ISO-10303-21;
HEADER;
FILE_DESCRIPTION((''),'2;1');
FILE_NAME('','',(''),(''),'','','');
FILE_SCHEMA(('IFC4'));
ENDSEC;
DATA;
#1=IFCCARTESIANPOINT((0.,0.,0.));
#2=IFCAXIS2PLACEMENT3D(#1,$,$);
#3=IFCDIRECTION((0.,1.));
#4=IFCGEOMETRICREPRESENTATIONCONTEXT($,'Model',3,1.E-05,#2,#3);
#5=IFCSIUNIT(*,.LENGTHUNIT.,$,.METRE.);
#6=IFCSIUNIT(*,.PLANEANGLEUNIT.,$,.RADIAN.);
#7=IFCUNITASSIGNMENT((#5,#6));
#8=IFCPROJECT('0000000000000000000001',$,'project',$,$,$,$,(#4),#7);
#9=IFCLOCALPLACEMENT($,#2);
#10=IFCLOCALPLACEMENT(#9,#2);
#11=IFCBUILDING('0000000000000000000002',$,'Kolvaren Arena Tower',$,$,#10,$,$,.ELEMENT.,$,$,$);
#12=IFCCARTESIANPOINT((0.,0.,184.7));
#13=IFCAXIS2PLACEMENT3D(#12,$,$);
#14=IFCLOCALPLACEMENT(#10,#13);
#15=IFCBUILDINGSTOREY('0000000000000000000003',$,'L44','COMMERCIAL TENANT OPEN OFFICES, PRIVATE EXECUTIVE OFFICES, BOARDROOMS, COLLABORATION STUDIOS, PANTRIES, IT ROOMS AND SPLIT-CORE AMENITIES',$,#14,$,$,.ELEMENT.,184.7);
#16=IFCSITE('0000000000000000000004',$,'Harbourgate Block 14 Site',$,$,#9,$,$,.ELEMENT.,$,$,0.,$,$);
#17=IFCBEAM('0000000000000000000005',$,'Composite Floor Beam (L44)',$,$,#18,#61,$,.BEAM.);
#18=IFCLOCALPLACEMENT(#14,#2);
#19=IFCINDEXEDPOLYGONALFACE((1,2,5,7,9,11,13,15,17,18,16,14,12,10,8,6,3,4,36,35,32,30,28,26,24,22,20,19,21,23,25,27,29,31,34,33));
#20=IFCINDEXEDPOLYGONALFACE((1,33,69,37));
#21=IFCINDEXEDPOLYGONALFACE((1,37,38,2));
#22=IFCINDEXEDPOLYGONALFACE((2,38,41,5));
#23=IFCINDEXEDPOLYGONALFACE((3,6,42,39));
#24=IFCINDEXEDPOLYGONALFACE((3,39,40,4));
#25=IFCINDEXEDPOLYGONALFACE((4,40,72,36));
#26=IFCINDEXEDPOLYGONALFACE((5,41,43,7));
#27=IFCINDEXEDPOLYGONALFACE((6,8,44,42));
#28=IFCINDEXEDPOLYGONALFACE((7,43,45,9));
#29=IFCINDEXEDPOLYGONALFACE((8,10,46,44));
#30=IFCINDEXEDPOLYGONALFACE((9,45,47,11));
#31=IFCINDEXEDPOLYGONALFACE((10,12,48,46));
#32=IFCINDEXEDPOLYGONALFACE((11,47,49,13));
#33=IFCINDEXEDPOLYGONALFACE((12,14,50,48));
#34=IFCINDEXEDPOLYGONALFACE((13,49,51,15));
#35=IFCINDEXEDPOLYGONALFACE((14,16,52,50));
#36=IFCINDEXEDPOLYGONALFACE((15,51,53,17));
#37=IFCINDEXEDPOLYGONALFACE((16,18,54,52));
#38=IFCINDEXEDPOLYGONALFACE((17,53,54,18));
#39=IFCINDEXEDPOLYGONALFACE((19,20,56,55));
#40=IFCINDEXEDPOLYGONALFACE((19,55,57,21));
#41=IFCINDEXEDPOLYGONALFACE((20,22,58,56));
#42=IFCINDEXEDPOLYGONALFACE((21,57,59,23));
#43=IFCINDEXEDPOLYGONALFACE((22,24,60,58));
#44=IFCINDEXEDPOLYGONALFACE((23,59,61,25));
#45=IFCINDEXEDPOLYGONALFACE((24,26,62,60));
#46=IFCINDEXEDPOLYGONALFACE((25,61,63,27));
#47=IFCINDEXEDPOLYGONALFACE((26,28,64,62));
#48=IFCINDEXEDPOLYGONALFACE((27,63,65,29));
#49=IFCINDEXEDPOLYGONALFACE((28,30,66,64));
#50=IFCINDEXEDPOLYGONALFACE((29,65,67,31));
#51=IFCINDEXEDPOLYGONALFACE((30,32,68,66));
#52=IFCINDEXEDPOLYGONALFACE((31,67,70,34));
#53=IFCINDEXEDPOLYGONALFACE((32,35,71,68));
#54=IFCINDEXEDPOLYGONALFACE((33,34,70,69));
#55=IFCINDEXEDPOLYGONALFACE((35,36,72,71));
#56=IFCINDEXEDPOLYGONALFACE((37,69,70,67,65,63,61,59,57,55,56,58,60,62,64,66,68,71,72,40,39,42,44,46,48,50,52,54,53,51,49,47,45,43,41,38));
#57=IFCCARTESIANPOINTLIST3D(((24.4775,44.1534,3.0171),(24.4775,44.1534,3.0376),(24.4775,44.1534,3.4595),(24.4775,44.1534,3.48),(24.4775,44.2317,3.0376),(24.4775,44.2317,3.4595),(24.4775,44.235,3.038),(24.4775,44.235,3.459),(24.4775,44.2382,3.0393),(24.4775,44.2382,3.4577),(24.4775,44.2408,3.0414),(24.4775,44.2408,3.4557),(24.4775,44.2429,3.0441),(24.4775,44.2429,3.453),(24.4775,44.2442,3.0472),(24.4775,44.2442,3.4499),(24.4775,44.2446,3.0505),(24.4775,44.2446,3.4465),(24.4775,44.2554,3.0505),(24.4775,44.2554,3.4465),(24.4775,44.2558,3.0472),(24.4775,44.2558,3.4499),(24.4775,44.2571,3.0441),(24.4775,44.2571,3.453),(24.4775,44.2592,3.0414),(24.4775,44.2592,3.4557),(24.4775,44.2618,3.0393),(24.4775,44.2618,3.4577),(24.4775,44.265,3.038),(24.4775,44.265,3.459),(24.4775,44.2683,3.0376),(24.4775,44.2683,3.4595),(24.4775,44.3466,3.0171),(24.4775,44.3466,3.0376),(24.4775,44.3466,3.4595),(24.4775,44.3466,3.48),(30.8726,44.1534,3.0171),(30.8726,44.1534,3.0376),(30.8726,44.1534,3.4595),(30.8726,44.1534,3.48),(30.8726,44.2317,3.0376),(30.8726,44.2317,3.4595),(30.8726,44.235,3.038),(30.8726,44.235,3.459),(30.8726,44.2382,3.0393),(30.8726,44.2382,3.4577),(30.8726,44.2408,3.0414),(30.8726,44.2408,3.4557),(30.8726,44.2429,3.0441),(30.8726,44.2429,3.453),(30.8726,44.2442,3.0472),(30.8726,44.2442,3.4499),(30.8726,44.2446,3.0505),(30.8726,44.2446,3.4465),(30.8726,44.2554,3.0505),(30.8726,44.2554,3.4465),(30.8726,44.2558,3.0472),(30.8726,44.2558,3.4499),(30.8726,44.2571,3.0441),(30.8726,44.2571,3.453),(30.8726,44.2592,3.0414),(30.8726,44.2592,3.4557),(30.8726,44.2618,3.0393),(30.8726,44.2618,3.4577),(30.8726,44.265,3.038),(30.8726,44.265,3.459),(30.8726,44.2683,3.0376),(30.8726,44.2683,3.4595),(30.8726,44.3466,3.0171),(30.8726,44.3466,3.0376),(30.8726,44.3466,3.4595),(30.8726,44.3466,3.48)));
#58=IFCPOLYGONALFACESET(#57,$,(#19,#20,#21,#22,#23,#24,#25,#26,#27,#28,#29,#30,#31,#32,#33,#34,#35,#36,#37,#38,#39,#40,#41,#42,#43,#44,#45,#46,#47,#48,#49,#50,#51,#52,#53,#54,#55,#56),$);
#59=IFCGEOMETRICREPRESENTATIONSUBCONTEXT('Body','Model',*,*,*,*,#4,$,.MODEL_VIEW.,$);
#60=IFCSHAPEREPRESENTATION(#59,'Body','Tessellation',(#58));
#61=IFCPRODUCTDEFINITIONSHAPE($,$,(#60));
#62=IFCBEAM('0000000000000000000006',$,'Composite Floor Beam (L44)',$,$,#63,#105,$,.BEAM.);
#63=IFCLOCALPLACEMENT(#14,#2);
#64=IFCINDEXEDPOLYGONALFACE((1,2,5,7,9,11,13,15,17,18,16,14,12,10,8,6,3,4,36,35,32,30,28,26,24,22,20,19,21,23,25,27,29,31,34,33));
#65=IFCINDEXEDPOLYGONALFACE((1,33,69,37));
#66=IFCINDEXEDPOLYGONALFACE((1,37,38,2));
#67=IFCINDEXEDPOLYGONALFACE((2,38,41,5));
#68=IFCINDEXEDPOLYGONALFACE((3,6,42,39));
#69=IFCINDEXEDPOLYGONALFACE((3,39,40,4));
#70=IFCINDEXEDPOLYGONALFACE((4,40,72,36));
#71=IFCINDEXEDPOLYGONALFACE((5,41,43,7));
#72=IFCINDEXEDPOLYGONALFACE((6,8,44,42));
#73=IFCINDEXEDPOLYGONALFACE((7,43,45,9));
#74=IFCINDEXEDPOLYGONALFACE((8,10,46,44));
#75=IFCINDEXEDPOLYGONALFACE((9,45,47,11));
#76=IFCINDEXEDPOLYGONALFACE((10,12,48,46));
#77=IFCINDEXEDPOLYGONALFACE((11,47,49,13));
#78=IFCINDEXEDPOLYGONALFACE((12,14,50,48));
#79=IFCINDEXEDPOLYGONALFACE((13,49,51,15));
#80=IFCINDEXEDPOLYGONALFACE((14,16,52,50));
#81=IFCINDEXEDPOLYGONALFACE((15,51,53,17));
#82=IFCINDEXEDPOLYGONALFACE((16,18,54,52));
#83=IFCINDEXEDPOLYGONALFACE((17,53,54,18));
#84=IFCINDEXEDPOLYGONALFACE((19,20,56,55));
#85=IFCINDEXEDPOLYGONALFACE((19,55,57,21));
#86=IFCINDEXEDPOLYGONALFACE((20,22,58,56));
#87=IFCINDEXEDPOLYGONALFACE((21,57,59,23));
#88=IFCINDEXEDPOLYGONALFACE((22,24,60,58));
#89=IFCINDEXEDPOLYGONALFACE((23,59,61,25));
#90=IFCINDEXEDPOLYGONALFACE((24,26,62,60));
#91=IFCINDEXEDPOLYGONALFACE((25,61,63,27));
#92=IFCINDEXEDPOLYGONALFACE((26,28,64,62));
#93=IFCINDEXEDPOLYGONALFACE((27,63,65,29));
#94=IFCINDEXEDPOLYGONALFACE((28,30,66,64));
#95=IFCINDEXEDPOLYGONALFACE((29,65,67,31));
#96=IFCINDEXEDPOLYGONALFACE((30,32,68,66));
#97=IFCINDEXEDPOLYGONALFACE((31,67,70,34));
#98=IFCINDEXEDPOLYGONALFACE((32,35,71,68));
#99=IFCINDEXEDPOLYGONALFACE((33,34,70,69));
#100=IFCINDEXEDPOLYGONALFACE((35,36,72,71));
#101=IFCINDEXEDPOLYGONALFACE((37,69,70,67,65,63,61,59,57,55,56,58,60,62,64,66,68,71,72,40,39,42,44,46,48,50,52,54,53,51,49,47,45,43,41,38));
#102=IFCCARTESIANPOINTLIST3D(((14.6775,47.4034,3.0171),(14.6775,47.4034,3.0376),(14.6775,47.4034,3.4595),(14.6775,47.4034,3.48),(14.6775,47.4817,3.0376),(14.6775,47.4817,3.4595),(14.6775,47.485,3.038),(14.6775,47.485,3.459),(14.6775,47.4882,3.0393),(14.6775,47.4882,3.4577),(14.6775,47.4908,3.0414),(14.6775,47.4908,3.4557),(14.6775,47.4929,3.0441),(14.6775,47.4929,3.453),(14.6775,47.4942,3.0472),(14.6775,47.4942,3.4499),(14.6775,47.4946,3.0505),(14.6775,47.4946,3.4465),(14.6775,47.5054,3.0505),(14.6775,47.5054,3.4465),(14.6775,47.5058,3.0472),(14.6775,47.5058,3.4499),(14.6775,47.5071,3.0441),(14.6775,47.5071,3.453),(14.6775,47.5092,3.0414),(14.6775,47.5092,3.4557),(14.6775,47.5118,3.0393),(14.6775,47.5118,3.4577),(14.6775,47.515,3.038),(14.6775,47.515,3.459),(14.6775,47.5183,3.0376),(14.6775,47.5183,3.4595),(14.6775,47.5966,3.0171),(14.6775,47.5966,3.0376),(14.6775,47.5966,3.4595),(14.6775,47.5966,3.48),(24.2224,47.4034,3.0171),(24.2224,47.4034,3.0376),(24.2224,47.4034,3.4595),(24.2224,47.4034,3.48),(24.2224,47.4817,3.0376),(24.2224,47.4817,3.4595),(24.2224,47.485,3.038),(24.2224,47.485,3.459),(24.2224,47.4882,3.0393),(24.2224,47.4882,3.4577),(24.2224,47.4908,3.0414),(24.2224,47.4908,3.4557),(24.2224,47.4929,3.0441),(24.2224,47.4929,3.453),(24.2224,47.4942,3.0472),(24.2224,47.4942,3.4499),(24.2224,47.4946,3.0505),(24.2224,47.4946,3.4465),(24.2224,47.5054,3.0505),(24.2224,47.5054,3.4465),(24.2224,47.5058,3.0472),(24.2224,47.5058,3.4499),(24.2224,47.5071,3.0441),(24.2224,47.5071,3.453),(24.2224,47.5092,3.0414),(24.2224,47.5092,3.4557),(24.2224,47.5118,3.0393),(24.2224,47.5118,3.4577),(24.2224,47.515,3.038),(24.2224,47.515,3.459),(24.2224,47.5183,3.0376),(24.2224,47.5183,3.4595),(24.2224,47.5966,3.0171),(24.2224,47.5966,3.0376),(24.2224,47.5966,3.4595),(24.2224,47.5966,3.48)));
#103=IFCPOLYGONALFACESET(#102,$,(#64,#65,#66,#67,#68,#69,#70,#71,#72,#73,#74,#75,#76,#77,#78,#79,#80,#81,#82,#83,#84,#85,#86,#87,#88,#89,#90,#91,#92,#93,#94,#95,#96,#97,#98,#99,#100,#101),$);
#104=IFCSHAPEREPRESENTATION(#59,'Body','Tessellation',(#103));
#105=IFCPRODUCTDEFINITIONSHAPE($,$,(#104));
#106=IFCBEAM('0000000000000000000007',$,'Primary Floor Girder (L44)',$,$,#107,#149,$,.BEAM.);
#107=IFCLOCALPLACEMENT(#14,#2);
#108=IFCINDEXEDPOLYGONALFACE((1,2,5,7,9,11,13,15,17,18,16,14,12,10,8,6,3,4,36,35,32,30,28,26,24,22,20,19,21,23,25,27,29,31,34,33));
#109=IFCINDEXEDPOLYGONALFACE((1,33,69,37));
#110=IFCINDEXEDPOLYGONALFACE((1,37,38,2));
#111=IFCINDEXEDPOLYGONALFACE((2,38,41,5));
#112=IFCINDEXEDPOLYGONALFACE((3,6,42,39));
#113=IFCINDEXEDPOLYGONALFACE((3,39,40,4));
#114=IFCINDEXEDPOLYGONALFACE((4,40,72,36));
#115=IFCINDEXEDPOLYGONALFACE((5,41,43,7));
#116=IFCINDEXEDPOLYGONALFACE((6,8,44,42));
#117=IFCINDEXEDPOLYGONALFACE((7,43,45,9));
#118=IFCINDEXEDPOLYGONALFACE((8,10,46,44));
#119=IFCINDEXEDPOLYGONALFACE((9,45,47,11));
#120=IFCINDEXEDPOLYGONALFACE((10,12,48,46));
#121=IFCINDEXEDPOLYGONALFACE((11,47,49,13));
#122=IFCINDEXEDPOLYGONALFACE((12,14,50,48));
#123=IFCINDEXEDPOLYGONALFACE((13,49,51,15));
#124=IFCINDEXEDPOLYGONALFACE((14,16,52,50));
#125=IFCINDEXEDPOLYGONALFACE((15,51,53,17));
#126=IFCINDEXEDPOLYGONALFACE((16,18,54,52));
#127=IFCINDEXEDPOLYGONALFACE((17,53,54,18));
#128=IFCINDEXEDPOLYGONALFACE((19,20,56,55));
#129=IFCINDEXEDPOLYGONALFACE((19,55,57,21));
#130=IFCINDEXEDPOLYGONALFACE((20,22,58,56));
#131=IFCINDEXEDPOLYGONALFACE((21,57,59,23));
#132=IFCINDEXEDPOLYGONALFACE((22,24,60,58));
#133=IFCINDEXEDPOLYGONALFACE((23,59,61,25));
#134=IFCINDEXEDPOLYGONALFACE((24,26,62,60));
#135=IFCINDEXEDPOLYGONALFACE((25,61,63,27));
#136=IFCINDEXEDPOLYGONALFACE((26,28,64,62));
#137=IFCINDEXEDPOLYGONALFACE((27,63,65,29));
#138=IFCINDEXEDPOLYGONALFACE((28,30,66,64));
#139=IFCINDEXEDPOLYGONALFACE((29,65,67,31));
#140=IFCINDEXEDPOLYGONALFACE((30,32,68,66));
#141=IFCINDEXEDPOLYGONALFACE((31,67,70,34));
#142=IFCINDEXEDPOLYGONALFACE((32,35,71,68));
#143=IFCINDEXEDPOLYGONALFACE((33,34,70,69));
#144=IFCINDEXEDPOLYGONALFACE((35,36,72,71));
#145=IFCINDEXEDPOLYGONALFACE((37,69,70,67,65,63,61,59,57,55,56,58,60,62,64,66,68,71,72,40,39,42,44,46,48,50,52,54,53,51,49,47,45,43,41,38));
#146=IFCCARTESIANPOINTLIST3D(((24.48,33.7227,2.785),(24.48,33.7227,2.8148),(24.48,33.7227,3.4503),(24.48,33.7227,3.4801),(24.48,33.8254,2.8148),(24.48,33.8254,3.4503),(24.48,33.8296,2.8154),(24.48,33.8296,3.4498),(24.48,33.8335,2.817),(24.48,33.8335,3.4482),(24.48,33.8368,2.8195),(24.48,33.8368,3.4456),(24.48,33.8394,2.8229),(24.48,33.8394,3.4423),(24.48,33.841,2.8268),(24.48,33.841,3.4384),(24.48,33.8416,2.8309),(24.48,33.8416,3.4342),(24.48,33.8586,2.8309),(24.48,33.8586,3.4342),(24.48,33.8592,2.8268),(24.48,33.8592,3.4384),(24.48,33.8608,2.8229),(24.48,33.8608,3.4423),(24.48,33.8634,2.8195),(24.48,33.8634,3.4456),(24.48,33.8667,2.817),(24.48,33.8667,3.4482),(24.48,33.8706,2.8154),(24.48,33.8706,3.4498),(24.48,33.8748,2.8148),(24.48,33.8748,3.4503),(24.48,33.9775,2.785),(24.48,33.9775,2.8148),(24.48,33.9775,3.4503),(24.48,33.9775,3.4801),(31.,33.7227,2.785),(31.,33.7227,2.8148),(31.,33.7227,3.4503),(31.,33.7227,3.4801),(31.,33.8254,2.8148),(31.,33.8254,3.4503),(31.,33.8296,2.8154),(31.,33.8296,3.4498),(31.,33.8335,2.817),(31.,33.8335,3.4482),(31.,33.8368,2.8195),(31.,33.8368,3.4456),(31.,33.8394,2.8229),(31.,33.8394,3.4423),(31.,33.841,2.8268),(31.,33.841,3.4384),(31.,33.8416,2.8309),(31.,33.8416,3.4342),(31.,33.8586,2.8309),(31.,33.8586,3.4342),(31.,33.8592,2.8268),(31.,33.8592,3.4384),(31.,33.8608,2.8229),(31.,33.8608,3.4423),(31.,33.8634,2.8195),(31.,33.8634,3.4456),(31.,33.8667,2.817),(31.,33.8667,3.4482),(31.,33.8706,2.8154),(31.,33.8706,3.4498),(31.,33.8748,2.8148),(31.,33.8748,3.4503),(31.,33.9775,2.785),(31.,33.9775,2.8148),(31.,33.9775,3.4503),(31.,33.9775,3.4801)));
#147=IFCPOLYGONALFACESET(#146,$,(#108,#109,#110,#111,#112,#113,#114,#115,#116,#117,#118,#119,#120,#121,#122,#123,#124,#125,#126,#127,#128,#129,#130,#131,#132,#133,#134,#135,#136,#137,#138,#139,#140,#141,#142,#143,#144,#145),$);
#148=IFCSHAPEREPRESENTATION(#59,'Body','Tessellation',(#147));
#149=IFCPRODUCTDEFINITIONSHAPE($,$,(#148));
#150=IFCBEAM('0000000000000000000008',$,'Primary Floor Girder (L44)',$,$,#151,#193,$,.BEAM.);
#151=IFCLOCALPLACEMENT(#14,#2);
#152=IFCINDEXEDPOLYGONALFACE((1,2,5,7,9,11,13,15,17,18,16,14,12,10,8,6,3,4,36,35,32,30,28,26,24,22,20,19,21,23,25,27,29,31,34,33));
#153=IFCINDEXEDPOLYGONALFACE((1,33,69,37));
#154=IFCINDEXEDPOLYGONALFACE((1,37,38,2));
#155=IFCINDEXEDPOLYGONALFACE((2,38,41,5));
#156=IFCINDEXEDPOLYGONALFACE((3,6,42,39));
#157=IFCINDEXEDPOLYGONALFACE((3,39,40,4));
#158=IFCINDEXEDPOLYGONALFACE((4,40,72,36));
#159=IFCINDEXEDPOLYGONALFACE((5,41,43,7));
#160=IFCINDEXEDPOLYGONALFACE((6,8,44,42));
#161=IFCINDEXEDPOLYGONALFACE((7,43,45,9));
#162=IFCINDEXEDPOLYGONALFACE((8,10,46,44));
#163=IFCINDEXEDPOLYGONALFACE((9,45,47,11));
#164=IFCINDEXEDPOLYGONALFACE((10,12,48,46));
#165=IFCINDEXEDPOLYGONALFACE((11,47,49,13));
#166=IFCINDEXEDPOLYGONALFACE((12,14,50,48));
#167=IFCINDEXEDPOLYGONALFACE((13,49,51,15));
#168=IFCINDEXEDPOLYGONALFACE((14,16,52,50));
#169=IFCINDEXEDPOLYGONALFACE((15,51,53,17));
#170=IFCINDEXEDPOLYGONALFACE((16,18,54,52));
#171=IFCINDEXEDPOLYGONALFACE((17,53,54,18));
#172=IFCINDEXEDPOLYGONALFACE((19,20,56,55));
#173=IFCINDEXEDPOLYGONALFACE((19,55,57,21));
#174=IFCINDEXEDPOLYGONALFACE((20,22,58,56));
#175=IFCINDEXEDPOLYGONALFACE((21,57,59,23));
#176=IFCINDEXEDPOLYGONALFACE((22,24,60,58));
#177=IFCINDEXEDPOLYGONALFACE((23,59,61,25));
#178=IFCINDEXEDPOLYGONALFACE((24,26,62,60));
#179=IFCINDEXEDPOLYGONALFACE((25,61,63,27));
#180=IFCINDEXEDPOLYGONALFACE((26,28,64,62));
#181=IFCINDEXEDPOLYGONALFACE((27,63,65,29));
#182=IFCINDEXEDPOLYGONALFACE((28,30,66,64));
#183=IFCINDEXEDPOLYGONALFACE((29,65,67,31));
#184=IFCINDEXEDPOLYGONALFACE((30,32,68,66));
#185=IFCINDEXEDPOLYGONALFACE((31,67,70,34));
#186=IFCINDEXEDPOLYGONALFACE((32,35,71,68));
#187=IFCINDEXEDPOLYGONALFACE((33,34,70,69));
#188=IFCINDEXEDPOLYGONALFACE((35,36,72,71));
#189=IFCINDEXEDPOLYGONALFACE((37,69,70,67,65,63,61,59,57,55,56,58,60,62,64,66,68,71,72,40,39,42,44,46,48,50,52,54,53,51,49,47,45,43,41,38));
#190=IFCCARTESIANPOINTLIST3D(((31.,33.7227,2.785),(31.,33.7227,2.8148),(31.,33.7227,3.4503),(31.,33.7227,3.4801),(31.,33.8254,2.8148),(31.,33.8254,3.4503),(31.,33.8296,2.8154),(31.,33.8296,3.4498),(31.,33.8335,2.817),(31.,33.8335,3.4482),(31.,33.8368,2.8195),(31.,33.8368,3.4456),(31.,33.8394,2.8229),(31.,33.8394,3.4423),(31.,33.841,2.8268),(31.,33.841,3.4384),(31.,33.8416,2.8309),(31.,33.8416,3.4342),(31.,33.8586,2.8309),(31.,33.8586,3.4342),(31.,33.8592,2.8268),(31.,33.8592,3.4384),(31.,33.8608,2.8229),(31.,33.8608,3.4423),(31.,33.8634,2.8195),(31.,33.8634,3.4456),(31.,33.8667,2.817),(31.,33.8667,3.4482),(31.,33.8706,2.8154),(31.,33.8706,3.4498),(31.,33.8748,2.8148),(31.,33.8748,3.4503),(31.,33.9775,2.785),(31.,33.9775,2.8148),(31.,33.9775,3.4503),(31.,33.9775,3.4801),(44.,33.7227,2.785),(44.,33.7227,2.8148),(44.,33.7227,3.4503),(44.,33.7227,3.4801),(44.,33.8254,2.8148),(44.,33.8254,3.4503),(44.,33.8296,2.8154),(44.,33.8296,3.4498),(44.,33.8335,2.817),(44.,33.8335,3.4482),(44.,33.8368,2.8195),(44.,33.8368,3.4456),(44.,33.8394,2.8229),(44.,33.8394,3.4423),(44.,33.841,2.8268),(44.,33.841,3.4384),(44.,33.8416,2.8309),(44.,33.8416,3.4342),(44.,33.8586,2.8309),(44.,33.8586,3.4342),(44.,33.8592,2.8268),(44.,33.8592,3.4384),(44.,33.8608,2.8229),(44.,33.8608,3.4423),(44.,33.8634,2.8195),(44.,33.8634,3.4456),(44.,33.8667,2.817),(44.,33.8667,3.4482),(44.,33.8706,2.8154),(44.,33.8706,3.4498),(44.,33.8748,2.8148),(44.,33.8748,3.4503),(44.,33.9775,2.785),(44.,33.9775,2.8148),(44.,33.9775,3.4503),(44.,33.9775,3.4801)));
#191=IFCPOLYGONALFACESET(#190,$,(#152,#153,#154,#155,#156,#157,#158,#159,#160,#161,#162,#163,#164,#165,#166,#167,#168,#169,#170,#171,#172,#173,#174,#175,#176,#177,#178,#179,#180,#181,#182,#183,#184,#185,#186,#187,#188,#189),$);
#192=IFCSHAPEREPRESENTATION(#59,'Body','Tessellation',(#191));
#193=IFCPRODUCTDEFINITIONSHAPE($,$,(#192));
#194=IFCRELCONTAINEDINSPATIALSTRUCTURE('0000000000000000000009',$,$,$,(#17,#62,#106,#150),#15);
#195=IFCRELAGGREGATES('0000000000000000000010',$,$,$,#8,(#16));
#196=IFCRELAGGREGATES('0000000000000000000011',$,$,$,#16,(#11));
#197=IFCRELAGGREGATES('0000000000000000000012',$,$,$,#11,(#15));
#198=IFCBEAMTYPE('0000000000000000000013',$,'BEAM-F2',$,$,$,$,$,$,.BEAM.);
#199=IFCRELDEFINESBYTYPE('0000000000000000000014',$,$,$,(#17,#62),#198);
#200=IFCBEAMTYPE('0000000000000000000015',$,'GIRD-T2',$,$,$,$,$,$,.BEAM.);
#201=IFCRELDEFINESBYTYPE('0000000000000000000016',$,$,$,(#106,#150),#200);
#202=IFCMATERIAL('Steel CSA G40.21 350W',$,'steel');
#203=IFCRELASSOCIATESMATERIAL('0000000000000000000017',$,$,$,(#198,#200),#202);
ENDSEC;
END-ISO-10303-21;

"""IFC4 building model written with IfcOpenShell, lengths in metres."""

from ifc_helpers import new_model, si_unit, direction, frame, origin, origin_2d, place, context, subcontext, project, spatial, i_section, extrude, material, material_profile, profile_set, type_object, element, save


model = new_model("IFC4")

# Units and contexts
model_context = context("Model", 3, precision=1e-05, world=origin(), true_north=direction((0.0, 1.0)))
body_context = subcontext(model_context, "Body", "Model", "MODEL_VIEW")
ifc_project = project(units=[si_unit("LENGTHUNIT", "METRE"), si_unit("PLANEANGLEUNIT", "RADIAN")], contexts=[model_context])

# Site, building, storey
site_placement = place(None, origin())
site = spatial("IfcSite", under=ifc_project, at=site_placement, Name="Harbourgate Block 14 Site", CompositionType="ELEMENT", RefElevation=0.0)
building_placement = place(site_placement, origin())
building = spatial("IfcBuilding", under=site, at=building_placement, Name="Kolvaren Arena Tower", CompositionType="ELEMENT")
storey_placement = place(building_placement, frame((0.0, 0.0, 184.7)))
storey = spatial("IfcBuildingStorey", under=building, at=storey_placement, Name="L44", Description="COMMERCIAL TENANT OPEN OFFICES, PRIVATE EXECUTIVE OFFICES, BOARDROOMS, COLLABORATION STUDIOS, PANTRIES, IT ROOMS AND SPLIT-CORE AMENITIES", CompositionType="ELEMENT", Elevation=184.7)

# Beams
ifc_material_1 = material(Name="Steel CSA G40.21 350W", Category="steel")
ifc_material_profile_1 = material_profile(ifc_material_1, i_section(OverallWidth=0.1931, OverallDepth=0.4629, WebThickness=0.0107, FlangeThickness=0.0205, FilletRadius=0.0129, at=origin_2d()), Name="W460x113")
ifc_profile_set_1 = profile_set([ifc_material_profile_1], Name="Steel CSA G40.21 350W")
beam_type_1 = type_object("IfcBeamType", Name="BEAM-F2", PredefinedType="BEAM", material=ifc_profile_set_1)
beam_1_placement = place(storey_placement, frame((24.4775, 44.25, 3.2485), z_axis=(1.0, 0.0, 0.0), x_axis=(0.0, 1.0, 0.0)))
element("IfcBeam", 1, at=beam_1_placement, inside=storey, type_object=beam_type_1, Name="Composite Floor Beam (L44)", PredefinedType="BEAM", context=body_context, shape_type="SweptSolid", body=[
    extrude(i_section(OverallWidth=0.1931, OverallDepth=0.4629, WebThickness=0.0107, FlangeThickness=0.0205, FilletRadius=0.0129, at=origin_2d()), origin(), (0.0, 0.0, 1.0), 6.395),
])
beam_2_placement = place(storey_placement, frame((14.6775, 47.5, 3.2485), z_axis=(1.0, 0.0, 0.0), x_axis=(0.0, 1.0, 0.0)))
element("IfcBeam", 2, at=beam_2_placement, inside=storey, type_object=beam_type_1, Name="Composite Floor Beam (L44)", PredefinedType="BEAM", context=body_context, shape_type="SweptSolid", body=[
    extrude(i_section(OverallWidth=0.1931, OverallDepth=0.4629, WebThickness=0.0107, FlangeThickness=0.0205, FilletRadius=0.0129, at=origin_2d()), origin(), (0.0, 0.0, 1.0), 9.5449),
])
ifc_material_profile_2 = material_profile(ifc_material_1, i_section(OverallWidth=0.2549, OverallDepth=0.6951, WebThickness=0.0171, FlangeThickness=0.0298, FilletRadius=0.0161, at=origin_2d()), Name="W690x217")
ifc_profile_set_2 = profile_set([ifc_material_profile_2], Name="Steel CSA G40.21 350W")
beam_type_2 = type_object("IfcBeamType", Name="GIRD-T2", PredefinedType="BEAM", material=ifc_profile_set_2)
beam_3_placement = place(storey_placement, frame((24.48, 33.8501, 3.1326), z_axis=(1.0, 0.0, 0.0), x_axis=(0.0, 1.0, 0.0)))
element("IfcBeam", 3, at=beam_3_placement, inside=storey, type_object=beam_type_2, Name="Primary Floor Girder (L44)", PredefinedType="BEAM", context=body_context, shape_type="SweptSolid", body=[
    extrude(i_section(OverallWidth=0.2549, OverallDepth=0.6951, WebThickness=0.0171, FlangeThickness=0.0298, FilletRadius=0.0161, at=origin_2d()), origin(), (0.0, 0.0, 1.0), 6.52),
])
beam_4_placement = place(storey_placement, frame((31.0, 33.8501, 3.1326), z_axis=(1.0, 0.0, 0.0), x_axis=(0.0, 1.0, 0.0)))
element("IfcBeam", 4, at=beam_4_placement, inside=storey, type_object=beam_type_2, Name="Primary Floor Girder (L44)", PredefinedType="BEAM", context=body_context, shape_type="SweptSolid", body=[
    extrude(i_section(OverallWidth=0.2549, OverallDepth=0.6951, WebThickness=0.0171, FlangeThickness=0.0298, FilletRadius=0.0161, at=origin_2d()), origin(), (0.0, 0.0, 1.0), 13.0),
])

save(model, "model.ifc")
